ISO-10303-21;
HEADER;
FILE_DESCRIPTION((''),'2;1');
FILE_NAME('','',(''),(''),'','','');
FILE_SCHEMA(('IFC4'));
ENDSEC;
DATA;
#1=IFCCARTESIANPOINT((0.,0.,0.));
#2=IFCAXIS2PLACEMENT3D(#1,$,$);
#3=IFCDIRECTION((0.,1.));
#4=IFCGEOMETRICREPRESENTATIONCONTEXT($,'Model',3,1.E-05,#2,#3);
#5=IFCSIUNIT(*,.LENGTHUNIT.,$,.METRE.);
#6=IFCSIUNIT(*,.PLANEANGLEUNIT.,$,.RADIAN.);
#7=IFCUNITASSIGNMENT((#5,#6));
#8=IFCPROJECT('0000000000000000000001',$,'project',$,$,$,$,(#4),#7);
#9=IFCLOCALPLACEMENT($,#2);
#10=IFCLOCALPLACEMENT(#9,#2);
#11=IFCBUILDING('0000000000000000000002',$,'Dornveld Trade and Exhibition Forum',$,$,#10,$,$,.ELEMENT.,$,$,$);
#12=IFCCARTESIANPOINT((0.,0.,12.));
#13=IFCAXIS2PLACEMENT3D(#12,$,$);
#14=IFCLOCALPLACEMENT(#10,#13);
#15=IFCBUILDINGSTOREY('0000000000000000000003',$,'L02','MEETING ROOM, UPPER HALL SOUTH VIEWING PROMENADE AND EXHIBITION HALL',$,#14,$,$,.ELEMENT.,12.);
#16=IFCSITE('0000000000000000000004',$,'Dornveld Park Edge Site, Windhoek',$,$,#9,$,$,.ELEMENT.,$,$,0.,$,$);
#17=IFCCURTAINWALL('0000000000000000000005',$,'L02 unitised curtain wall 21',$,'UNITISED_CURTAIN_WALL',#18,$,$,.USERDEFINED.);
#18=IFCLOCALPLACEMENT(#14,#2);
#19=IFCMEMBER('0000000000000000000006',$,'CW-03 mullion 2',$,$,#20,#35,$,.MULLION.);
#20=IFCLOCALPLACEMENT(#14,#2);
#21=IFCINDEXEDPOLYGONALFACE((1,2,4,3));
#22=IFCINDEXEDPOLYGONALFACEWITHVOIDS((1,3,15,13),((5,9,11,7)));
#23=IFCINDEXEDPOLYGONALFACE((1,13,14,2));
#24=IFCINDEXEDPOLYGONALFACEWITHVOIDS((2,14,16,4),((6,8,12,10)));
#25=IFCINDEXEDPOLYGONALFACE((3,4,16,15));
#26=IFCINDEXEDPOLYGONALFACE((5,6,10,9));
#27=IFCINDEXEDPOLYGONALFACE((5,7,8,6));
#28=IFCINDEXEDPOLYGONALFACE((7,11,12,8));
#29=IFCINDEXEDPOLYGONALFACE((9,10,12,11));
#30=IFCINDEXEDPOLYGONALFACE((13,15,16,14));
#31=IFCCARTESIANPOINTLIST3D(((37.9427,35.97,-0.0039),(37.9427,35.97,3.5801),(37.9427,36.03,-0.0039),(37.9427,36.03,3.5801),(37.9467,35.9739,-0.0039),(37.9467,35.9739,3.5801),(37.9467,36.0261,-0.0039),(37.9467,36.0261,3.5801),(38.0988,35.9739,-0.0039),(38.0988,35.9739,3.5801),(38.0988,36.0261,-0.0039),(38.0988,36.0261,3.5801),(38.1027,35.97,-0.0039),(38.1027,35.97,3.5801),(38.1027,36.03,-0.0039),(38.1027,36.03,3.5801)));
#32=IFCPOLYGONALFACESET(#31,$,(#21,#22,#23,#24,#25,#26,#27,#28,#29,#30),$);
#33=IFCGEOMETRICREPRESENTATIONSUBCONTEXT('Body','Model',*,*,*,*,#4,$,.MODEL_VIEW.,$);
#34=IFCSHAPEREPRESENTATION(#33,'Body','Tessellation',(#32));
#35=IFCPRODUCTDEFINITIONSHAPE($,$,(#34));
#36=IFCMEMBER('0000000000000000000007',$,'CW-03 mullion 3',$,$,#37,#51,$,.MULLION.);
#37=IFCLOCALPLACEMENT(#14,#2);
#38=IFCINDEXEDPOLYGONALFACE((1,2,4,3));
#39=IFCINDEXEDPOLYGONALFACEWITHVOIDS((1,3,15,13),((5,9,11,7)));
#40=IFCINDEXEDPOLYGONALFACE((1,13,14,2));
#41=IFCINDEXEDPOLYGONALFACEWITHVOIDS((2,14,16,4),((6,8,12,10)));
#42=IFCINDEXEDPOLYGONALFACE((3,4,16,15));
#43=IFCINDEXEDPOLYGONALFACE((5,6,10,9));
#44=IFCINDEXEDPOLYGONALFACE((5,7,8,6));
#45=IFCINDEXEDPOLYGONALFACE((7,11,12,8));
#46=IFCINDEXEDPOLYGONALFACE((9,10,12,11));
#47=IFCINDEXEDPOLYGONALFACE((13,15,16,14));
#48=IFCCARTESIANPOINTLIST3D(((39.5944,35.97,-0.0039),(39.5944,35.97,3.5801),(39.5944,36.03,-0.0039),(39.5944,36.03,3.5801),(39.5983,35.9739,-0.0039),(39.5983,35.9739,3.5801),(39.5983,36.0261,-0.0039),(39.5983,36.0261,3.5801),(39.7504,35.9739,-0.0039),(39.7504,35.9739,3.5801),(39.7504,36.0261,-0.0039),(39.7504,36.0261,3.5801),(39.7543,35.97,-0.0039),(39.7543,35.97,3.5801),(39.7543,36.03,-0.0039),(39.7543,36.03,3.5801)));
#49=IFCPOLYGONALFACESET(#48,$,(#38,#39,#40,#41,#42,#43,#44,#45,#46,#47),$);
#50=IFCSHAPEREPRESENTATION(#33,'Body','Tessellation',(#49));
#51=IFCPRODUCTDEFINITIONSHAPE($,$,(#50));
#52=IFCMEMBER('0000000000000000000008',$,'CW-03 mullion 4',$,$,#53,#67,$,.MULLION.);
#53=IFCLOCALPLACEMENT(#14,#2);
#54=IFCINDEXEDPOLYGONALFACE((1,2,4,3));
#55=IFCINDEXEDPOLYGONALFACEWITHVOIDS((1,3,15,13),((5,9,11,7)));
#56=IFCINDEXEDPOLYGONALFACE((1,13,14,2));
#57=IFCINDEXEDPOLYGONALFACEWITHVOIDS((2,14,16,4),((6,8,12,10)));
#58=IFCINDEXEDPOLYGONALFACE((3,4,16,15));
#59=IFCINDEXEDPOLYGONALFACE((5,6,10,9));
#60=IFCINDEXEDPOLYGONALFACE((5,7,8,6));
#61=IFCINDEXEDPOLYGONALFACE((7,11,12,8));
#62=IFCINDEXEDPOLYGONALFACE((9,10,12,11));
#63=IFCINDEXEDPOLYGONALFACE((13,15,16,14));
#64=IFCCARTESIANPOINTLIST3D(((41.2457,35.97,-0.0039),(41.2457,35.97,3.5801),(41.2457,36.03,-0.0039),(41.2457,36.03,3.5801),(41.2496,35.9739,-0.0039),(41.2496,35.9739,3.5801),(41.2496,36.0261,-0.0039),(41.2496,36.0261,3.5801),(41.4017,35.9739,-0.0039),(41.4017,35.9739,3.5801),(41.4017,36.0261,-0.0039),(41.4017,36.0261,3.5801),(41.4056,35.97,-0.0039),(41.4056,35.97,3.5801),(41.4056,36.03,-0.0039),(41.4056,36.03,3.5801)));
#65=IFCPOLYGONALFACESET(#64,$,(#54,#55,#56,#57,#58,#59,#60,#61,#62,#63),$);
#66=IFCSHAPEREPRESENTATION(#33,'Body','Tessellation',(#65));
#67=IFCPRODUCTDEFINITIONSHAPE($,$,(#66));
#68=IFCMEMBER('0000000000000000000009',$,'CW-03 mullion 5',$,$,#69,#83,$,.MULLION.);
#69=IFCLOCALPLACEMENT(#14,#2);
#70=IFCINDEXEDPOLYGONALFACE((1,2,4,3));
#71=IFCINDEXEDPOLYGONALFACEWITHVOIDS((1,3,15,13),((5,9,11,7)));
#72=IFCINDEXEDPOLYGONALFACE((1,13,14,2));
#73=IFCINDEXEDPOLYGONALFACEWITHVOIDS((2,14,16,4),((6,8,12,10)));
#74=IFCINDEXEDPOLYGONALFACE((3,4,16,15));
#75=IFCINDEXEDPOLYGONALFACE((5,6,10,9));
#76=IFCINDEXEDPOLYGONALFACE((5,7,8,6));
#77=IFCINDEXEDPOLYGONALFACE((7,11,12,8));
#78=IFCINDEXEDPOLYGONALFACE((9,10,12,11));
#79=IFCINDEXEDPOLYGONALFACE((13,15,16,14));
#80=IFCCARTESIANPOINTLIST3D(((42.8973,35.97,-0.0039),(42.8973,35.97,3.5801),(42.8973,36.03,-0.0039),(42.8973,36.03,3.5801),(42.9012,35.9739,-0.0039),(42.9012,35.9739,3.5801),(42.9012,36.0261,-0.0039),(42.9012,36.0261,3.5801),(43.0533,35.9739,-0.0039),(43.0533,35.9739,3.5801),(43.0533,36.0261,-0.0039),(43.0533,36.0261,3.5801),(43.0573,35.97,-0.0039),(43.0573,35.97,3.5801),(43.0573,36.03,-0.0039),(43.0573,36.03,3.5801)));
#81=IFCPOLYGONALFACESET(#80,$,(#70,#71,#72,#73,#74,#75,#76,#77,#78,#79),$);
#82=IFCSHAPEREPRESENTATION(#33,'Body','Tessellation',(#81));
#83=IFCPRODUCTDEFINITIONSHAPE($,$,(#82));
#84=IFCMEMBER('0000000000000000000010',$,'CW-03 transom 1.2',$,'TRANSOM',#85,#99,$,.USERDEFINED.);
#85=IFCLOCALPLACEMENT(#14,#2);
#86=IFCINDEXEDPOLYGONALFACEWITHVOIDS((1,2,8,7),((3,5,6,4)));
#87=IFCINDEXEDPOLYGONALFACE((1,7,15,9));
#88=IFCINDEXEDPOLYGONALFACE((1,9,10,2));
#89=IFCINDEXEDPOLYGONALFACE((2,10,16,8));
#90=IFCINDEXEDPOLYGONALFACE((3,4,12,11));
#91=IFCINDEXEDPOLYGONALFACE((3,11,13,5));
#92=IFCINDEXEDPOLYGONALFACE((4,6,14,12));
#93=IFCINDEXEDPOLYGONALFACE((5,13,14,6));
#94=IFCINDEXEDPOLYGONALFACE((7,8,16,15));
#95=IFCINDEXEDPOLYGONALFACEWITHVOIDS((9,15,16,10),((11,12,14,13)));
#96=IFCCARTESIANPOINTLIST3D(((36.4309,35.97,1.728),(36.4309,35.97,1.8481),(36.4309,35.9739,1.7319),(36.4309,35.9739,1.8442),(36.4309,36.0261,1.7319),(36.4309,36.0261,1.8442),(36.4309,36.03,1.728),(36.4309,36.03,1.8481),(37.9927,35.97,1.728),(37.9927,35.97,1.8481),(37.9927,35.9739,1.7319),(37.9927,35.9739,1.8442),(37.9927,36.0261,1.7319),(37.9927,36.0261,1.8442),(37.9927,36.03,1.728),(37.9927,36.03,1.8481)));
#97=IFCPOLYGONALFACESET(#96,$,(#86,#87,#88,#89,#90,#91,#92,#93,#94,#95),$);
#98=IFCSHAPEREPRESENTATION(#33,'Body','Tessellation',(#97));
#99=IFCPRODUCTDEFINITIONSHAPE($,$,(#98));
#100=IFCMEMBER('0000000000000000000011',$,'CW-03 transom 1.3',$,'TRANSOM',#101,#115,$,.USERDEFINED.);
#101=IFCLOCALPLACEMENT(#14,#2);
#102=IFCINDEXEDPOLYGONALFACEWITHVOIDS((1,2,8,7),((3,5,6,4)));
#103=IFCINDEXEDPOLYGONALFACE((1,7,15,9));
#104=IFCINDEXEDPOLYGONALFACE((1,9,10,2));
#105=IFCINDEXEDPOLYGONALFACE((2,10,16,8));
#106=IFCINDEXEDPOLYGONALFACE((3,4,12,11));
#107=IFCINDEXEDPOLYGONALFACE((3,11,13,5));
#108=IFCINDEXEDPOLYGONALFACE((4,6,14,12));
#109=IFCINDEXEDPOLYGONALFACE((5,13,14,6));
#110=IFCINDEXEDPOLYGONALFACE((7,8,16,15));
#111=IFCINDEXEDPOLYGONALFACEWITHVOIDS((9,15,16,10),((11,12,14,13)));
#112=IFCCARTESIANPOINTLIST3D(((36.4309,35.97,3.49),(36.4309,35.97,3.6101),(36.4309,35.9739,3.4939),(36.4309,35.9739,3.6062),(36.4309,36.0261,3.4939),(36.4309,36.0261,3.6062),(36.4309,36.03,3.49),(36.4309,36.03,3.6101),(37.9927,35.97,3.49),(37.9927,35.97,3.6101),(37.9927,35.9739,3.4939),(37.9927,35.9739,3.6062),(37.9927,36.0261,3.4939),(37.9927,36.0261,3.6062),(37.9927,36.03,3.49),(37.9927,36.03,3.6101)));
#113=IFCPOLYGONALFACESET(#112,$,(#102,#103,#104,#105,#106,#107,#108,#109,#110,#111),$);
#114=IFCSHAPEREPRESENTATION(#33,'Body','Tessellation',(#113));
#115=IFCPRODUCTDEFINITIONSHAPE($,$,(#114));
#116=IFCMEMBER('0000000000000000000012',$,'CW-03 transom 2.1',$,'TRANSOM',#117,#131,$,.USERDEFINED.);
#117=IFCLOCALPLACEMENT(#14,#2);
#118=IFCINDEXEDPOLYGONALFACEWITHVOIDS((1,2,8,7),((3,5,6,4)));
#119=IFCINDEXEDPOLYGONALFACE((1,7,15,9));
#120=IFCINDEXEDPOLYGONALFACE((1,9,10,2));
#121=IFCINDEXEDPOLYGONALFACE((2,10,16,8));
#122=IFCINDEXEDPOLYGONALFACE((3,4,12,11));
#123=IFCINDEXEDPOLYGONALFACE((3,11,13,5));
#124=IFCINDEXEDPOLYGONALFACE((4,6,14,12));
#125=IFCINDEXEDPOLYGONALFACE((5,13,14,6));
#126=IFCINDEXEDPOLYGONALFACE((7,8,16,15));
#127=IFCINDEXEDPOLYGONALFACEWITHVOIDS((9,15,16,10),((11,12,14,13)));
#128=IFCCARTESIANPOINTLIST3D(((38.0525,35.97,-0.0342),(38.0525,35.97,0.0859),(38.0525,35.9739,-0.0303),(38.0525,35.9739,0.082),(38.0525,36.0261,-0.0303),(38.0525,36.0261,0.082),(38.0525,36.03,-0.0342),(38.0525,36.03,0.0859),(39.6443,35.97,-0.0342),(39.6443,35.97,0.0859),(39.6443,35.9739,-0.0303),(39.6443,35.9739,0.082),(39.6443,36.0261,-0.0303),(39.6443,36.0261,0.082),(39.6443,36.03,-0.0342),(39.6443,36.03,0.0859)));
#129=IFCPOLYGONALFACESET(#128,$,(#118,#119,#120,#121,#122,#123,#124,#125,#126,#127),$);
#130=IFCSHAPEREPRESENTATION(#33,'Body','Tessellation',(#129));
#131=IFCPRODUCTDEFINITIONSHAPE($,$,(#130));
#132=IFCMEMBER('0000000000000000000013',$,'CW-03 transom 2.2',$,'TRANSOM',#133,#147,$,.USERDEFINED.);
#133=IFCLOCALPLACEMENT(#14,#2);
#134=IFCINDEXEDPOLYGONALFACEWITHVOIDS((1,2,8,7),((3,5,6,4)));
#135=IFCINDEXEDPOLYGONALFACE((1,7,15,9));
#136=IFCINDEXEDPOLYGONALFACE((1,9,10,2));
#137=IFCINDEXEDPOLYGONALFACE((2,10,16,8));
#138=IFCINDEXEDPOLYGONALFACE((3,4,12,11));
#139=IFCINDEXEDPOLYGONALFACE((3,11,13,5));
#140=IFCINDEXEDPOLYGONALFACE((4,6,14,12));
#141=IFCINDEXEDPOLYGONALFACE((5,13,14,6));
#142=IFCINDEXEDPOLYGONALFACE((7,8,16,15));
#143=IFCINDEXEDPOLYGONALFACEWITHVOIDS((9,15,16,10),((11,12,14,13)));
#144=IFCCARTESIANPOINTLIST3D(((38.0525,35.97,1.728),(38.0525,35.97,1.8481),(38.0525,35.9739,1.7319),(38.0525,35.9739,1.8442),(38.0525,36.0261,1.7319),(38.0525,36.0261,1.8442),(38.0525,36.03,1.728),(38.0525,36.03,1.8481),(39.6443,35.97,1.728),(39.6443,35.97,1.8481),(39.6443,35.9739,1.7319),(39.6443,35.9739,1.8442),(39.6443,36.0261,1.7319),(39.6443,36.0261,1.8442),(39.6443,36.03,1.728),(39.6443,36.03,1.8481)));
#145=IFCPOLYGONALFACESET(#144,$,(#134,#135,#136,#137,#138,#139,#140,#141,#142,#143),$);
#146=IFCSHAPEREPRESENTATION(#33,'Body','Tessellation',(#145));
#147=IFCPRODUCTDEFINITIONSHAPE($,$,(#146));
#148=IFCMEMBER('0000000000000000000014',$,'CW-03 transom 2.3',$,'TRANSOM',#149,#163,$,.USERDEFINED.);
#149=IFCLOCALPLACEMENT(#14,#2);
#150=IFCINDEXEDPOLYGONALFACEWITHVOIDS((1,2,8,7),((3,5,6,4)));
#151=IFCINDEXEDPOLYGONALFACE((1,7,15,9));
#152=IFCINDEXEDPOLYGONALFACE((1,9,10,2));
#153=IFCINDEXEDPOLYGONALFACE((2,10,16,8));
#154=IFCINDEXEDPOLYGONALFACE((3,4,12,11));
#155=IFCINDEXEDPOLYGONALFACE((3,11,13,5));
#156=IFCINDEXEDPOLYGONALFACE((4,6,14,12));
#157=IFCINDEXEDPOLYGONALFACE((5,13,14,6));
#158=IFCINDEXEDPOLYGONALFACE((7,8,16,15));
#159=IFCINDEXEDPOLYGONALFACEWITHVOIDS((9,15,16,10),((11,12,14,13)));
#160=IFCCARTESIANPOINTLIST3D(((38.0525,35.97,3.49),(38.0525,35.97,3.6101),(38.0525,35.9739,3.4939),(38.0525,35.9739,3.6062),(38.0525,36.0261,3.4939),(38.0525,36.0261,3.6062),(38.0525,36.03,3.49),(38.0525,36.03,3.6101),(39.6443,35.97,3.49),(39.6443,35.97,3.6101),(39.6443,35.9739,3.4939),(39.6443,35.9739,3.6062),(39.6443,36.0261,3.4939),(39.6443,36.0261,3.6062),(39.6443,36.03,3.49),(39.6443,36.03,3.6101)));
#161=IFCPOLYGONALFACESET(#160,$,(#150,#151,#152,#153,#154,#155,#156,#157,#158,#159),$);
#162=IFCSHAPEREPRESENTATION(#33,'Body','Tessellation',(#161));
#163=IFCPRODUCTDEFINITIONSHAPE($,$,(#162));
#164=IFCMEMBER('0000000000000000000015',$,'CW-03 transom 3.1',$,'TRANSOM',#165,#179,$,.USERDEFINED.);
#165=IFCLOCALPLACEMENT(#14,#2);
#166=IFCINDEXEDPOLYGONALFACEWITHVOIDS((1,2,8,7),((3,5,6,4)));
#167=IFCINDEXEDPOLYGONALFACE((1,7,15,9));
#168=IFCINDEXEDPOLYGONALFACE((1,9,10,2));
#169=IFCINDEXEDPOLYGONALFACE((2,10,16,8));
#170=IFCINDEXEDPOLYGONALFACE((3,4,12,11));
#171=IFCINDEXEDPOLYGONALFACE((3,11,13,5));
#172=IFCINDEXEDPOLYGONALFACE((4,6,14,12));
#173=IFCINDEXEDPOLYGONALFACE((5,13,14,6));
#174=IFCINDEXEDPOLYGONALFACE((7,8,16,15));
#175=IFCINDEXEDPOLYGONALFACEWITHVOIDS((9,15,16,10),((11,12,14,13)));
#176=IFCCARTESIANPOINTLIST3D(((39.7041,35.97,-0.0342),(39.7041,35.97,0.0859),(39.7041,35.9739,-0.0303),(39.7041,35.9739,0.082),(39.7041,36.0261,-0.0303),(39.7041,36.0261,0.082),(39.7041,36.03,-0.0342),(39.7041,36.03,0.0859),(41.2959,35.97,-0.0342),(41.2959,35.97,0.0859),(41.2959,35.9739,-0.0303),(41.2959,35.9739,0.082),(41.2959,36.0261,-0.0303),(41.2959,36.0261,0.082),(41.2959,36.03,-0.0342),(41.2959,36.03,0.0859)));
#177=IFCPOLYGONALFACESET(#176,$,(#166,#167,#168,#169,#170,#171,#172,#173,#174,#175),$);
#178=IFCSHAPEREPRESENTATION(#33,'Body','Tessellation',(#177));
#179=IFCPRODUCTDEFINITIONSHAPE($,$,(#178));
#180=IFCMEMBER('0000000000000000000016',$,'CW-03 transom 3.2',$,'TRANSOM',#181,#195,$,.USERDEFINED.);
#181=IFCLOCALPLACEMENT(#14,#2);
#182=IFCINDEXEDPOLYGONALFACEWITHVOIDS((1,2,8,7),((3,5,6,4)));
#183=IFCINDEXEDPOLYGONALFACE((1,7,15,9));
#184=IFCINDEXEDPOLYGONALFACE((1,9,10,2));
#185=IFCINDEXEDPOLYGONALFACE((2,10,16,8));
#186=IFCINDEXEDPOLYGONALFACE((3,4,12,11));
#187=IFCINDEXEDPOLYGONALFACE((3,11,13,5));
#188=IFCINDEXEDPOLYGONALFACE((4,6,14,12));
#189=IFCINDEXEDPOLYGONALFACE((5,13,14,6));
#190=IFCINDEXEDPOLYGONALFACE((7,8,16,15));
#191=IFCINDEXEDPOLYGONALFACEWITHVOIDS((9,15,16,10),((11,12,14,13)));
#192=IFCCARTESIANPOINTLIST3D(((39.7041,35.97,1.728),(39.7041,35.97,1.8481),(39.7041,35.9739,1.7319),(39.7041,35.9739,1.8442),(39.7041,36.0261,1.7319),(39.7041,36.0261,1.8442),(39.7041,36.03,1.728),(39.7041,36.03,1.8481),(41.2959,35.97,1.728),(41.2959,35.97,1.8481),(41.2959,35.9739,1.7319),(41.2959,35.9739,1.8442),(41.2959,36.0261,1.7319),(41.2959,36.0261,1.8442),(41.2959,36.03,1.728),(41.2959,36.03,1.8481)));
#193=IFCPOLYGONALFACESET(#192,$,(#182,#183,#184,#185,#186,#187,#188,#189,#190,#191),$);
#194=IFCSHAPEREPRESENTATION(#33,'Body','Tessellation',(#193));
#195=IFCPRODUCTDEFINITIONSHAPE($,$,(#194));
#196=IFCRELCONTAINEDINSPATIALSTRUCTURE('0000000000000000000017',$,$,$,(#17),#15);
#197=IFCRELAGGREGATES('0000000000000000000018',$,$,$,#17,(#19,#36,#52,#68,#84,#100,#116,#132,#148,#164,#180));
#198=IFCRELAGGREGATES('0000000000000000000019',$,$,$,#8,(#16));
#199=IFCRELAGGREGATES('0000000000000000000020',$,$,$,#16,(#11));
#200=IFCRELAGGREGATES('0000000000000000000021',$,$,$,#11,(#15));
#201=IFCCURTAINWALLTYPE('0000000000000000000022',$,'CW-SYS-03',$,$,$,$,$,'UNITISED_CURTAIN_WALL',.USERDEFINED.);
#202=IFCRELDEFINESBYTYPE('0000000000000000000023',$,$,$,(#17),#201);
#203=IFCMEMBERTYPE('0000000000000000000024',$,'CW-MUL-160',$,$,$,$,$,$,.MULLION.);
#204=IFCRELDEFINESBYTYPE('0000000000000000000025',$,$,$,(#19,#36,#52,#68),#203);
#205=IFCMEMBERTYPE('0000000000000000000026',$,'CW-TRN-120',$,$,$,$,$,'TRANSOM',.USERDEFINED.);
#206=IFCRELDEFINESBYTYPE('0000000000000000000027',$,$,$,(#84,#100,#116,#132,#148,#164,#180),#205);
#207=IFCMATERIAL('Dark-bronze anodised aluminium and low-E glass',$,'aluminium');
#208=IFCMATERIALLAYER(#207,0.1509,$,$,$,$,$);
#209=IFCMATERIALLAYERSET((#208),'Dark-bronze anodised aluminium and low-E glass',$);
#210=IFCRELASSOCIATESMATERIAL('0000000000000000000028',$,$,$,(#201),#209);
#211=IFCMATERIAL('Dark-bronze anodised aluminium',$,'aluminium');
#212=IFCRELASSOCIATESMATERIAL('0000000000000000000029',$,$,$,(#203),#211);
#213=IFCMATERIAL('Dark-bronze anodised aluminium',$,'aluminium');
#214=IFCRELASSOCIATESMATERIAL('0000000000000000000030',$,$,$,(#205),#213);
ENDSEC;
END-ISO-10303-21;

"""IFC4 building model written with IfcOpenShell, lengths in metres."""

from ifc_helpers import new_model, si_unit, direction, frame, origin, origin_2d, place, context, subcontext, project, spatial, hollow_rectangle, extrude, material, layer, layer_set, material_profile, profile_set, type_object, element, aggregate, save


model = new_model("IFC4")

# Units and contexts
model_context = context("Model", 3, precision=1e-05, world=origin(), true_north=direction((0.0, 1.0)))
body_context = subcontext(model_context, "Body", "Model", "MODEL_VIEW")
ifc_project = project(units=[si_unit("LENGTHUNIT", "METRE"), si_unit("PLANEANGLEUNIT", "RADIAN")], contexts=[model_context])

# Site, building, storey
site_placement = place(None, origin())
site = spatial("IfcSite", under=ifc_project, at=site_placement, Name="Dornveld Park Edge Site, Windhoek", CompositionType="ELEMENT", RefElevation=0.0)
building_placement = place(site_placement, origin())
building = spatial("IfcBuilding", under=site, at=building_placement, Name="Dornveld Trade and Exhibition Forum", CompositionType="ELEMENT")
storey_placement = place(building_placement, frame((0.0, 0.0, 12.0)))
storey = spatial("IfcBuildingStorey", under=building, at=storey_placement, Name="L02", Description="MEETING ROOM, UPPER HALL SOUTH VIEWING PROMENADE AND EXHIBITION HALL", CompositionType="ELEMENT", Elevation=12.0)

# Curtain wall, members
ifc_material_1 = material(Name="Dark-bronze anodised aluminium and low-E glass", Category="aluminium")
ifc_layer_1 = layer(ifc_material_1, 0.1509)
ifc_layer_set_1 = layer_set([ifc_layer_1], Name="Dark-bronze anodised aluminium and low-E glass")
curtain_wall_type = type_object("IfcCurtainWallType", Name="CW-SYS-03", ElementType="UNITISED_CURTAIN_WALL", PredefinedType="USERDEFINED", material=ifc_layer_set_1)
curtain_wall_placement = place(storey_placement, origin())
curtain_wall = element("IfcCurtainWall", 1, at=curtain_wall_placement, inside=storey, type_object=curtain_wall_type, Name="L02 unitised curtain wall 21", ObjectType="UNITISED_CURTAIN_WALL", PredefinedType="USERDEFINED")
ifc_material_2 = material(Name="Dark-bronze anodised aluminium", Category="aluminium")
ifc_material_profile_1 = material_profile(ifc_material_2, hollow_rectangle(XDim=0.0601, YDim=0.1599, WallThickness=0.0039, at=origin_2d()), Name="RHS 160x60x4")
ifc_profile_set_1 = profile_set([ifc_material_profile_1], Name="Dark-bronze anodised aluminium")
member_type_1 = type_object("IfcMemberType", Name="CW-MUL-160", PredefinedType="MULLION", material=ifc_profile_set_1)
member_1_placement = place(storey_placement, frame((38.0227, 36.0, -0.0039), z_axis=(0.0, 0.0, 1.0), x_axis=(0.0, 1.0, 0.0)))
member_1 = element("IfcMember", 2, at=member_1_placement, type_object=member_type_1, Name="CW-03 mullion 2", PredefinedType="MULLION", context=body_context, shape_type="SweptSolid", body=[
    extrude(hollow_rectangle(XDim=0.0601, YDim=0.1599, WallThickness=0.0039, at=origin_2d()), origin(), (0.0, 0.0, 1.0), 3.584),
])
member_2_placement = place(storey_placement, frame((39.6743, 36.0, -0.0039), z_axis=(0.0, 0.0, 1.0), x_axis=(0.0, 1.0, 0.0)))
member_2 = element("IfcMember", 3, at=member_2_placement, type_object=member_type_1, Name="CW-03 mullion 3", PredefinedType="MULLION", context=body_context, shape_type="SweptSolid", body=[
    extrude(hollow_rectangle(XDim=0.0601, YDim=0.1599, WallThickness=0.0039, at=origin_2d()), origin(), (0.0, 0.0, 1.0), 3.584),
])
member_3_placement = place(storey_placement, frame((41.3257, 36.0, -0.0039), z_axis=(0.0, 0.0, 1.0), x_axis=(0.0, 1.0, 0.0)))
member_3 = element("IfcMember", 4, at=member_3_placement, type_object=member_type_1, Name="CW-03 mullion 4", PredefinedType="MULLION", context=body_context, shape_type="SweptSolid", body=[
    extrude(hollow_rectangle(XDim=0.0601, YDim=0.1599, WallThickness=0.0039, at=origin_2d()), origin(), (0.0, 0.0, 1.0), 3.584),
])
member_4_placement = place(storey_placement, frame((42.9773, 36.0, -0.0039), z_axis=(0.0, 0.0, 1.0), x_axis=(0.0, 1.0, 0.0)))
member_4 = element("IfcMember", 5, at=member_4_placement, type_object=member_type_1, Name="CW-03 mullion 5", PredefinedType="MULLION", context=body_context, shape_type="SweptSolid", body=[
    extrude(hollow_rectangle(XDim=0.0601, YDim=0.1599, WallThickness=0.0039, at=origin_2d()), origin(), (0.0, 0.0, 1.0), 3.584),
])
ifc_material_3 = material(Name="Dark-bronze anodised aluminium", Category="aluminium")
ifc_material_profile_2 = material_profile(ifc_material_3, hollow_rectangle(XDim=0.0601, YDim=0.1201, WallThickness=0.0039, at=origin_2d()), Name="RHS 120x60x4")
ifc_profile_set_2 = profile_set([ifc_material_profile_2], Name="Dark-bronze anodised aluminium")
member_type_2 = type_object("IfcMemberType", Name="CW-TRN-120", ElementType="TRANSOM", PredefinedType="USERDEFINED", material=ifc_profile_set_2)
member_5_placement = place(storey_placement, frame((36.4309, 36.0, 1.7881), z_axis=(1.0, 0.0, 0.0), x_axis=(0.0, 1.0, 0.0)))
member_5 = element("IfcMember", 6, at=member_5_placement, type_object=member_type_2, Name="CW-03 transom 1.2", ObjectType="TRANSOM", PredefinedType="USERDEFINED", context=body_context, shape_type="SweptSolid", body=[
    extrude(hollow_rectangle(XDim=0.0601, YDim=0.1201, WallThickness=0.0039, at=origin_2d()), origin(), (0.0, 0.0, 1.0), 1.5618),
])
member_6_placement = place(storey_placement, frame((36.4309, 36.0, 3.55), z_axis=(1.0, 0.0, 0.0), x_axis=(0.0, 1.0, 0.0)))
member_6 = element("IfcMember", 7, at=member_6_placement, type_object=member_type_2, Name="CW-03 transom 1.3", ObjectType="TRANSOM", PredefinedType="USERDEFINED", context=body_context, shape_type="SweptSolid", body=[
    extrude(hollow_rectangle(XDim=0.0601, YDim=0.1201, WallThickness=0.0039, at=origin_2d()), origin(), (0.0, 0.0, 1.0), 1.5618),
])
member_7_placement = place(storey_placement, frame((38.0525, 36.0, 0.0259), z_axis=(1.0, 0.0, 0.0), x_axis=(0.0, 1.0, 0.0)))
member_7 = element("IfcMember", 8, at=member_7_placement, type_object=member_type_2, Name="CW-03 transom 2.1", ObjectType="TRANSOM", PredefinedType="USERDEFINED", context=body_context, shape_type="SweptSolid", body=[
    extrude(hollow_rectangle(XDim=0.0601, YDim=0.1201, WallThickness=0.0039, at=origin_2d()), origin(), (0.0, 0.0, 1.0), 1.5918),
])
member_8_placement = place(storey_placement, frame((38.0525, 36.0, 1.7881), z_axis=(1.0, 0.0, 0.0), x_axis=(0.0, 1.0, 0.0)))
member_8 = element("IfcMember", 9, at=member_8_placement, type_object=member_type_2, Name="CW-03 transom 2.2", ObjectType="TRANSOM", PredefinedType="USERDEFINED", context=body_context, shape_type="SweptSolid", body=[
    extrude(hollow_rectangle(XDim=0.0601, YDim=0.1201, WallThickness=0.0039, at=origin_2d()), origin(), (0.0, 0.0, 1.0), 1.5918),
])
member_9_placement = place(storey_placement, frame((38.0525, 36.0, 3.55), z_axis=(1.0, 0.0, 0.0), x_axis=(0.0, 1.0, 0.0)))
member_9 = element("IfcMember", 10, at=member_9_placement, type_object=member_type_2, Name="CW-03 transom 2.3", ObjectType="TRANSOM", PredefinedType="USERDEFINED", context=body_context, shape_type="SweptSolid", body=[
    extrude(hollow_rectangle(XDim=0.0601, YDim=0.1201, WallThickness=0.0039, at=origin_2d()), origin(), (0.0, 0.0, 1.0), 1.5918),
])
member_10_placement = place(storey_placement, frame((39.7041, 36.0, 0.0259), z_axis=(1.0, 0.0, 0.0), x_axis=(0.0, 1.0, 0.0)))
member_10 = element("IfcMember", 11, at=member_10_placement, type_object=member_type_2, Name="CW-03 transom 3.1", ObjectType="TRANSOM", PredefinedType="USERDEFINED", context=body_context, shape_type="SweptSolid", body=[
    extrude(hollow_rectangle(XDim=0.0601, YDim=0.1201, WallThickness=0.0039, at=origin_2d()), origin(), (0.0, 0.0, 1.0), 1.5918),
])
member_11_placement = place(storey_placement, frame((39.7041, 36.0, 1.7881), z_axis=(1.0, 0.0, 0.0), x_axis=(0.0, 1.0, 0.0)))
member_11 = element("IfcMember", 12, at=member_11_placement, type_object=member_type_2, Name="CW-03 transom 3.2", ObjectType="TRANSOM", PredefinedType="USERDEFINED", context=body_context, shape_type="SweptSolid", body=[
    extrude(hollow_rectangle(XDim=0.0601, YDim=0.1201, WallThickness=0.0039, at=origin_2d()), origin(), (0.0, 0.0, 1.0), 1.5918),
])
aggregate(curtain_wall, [member_1, member_2, member_3, member_4, member_5, member_6, member_7, member_8, member_9, member_10, member_11])

save(model, "model.ifc")
